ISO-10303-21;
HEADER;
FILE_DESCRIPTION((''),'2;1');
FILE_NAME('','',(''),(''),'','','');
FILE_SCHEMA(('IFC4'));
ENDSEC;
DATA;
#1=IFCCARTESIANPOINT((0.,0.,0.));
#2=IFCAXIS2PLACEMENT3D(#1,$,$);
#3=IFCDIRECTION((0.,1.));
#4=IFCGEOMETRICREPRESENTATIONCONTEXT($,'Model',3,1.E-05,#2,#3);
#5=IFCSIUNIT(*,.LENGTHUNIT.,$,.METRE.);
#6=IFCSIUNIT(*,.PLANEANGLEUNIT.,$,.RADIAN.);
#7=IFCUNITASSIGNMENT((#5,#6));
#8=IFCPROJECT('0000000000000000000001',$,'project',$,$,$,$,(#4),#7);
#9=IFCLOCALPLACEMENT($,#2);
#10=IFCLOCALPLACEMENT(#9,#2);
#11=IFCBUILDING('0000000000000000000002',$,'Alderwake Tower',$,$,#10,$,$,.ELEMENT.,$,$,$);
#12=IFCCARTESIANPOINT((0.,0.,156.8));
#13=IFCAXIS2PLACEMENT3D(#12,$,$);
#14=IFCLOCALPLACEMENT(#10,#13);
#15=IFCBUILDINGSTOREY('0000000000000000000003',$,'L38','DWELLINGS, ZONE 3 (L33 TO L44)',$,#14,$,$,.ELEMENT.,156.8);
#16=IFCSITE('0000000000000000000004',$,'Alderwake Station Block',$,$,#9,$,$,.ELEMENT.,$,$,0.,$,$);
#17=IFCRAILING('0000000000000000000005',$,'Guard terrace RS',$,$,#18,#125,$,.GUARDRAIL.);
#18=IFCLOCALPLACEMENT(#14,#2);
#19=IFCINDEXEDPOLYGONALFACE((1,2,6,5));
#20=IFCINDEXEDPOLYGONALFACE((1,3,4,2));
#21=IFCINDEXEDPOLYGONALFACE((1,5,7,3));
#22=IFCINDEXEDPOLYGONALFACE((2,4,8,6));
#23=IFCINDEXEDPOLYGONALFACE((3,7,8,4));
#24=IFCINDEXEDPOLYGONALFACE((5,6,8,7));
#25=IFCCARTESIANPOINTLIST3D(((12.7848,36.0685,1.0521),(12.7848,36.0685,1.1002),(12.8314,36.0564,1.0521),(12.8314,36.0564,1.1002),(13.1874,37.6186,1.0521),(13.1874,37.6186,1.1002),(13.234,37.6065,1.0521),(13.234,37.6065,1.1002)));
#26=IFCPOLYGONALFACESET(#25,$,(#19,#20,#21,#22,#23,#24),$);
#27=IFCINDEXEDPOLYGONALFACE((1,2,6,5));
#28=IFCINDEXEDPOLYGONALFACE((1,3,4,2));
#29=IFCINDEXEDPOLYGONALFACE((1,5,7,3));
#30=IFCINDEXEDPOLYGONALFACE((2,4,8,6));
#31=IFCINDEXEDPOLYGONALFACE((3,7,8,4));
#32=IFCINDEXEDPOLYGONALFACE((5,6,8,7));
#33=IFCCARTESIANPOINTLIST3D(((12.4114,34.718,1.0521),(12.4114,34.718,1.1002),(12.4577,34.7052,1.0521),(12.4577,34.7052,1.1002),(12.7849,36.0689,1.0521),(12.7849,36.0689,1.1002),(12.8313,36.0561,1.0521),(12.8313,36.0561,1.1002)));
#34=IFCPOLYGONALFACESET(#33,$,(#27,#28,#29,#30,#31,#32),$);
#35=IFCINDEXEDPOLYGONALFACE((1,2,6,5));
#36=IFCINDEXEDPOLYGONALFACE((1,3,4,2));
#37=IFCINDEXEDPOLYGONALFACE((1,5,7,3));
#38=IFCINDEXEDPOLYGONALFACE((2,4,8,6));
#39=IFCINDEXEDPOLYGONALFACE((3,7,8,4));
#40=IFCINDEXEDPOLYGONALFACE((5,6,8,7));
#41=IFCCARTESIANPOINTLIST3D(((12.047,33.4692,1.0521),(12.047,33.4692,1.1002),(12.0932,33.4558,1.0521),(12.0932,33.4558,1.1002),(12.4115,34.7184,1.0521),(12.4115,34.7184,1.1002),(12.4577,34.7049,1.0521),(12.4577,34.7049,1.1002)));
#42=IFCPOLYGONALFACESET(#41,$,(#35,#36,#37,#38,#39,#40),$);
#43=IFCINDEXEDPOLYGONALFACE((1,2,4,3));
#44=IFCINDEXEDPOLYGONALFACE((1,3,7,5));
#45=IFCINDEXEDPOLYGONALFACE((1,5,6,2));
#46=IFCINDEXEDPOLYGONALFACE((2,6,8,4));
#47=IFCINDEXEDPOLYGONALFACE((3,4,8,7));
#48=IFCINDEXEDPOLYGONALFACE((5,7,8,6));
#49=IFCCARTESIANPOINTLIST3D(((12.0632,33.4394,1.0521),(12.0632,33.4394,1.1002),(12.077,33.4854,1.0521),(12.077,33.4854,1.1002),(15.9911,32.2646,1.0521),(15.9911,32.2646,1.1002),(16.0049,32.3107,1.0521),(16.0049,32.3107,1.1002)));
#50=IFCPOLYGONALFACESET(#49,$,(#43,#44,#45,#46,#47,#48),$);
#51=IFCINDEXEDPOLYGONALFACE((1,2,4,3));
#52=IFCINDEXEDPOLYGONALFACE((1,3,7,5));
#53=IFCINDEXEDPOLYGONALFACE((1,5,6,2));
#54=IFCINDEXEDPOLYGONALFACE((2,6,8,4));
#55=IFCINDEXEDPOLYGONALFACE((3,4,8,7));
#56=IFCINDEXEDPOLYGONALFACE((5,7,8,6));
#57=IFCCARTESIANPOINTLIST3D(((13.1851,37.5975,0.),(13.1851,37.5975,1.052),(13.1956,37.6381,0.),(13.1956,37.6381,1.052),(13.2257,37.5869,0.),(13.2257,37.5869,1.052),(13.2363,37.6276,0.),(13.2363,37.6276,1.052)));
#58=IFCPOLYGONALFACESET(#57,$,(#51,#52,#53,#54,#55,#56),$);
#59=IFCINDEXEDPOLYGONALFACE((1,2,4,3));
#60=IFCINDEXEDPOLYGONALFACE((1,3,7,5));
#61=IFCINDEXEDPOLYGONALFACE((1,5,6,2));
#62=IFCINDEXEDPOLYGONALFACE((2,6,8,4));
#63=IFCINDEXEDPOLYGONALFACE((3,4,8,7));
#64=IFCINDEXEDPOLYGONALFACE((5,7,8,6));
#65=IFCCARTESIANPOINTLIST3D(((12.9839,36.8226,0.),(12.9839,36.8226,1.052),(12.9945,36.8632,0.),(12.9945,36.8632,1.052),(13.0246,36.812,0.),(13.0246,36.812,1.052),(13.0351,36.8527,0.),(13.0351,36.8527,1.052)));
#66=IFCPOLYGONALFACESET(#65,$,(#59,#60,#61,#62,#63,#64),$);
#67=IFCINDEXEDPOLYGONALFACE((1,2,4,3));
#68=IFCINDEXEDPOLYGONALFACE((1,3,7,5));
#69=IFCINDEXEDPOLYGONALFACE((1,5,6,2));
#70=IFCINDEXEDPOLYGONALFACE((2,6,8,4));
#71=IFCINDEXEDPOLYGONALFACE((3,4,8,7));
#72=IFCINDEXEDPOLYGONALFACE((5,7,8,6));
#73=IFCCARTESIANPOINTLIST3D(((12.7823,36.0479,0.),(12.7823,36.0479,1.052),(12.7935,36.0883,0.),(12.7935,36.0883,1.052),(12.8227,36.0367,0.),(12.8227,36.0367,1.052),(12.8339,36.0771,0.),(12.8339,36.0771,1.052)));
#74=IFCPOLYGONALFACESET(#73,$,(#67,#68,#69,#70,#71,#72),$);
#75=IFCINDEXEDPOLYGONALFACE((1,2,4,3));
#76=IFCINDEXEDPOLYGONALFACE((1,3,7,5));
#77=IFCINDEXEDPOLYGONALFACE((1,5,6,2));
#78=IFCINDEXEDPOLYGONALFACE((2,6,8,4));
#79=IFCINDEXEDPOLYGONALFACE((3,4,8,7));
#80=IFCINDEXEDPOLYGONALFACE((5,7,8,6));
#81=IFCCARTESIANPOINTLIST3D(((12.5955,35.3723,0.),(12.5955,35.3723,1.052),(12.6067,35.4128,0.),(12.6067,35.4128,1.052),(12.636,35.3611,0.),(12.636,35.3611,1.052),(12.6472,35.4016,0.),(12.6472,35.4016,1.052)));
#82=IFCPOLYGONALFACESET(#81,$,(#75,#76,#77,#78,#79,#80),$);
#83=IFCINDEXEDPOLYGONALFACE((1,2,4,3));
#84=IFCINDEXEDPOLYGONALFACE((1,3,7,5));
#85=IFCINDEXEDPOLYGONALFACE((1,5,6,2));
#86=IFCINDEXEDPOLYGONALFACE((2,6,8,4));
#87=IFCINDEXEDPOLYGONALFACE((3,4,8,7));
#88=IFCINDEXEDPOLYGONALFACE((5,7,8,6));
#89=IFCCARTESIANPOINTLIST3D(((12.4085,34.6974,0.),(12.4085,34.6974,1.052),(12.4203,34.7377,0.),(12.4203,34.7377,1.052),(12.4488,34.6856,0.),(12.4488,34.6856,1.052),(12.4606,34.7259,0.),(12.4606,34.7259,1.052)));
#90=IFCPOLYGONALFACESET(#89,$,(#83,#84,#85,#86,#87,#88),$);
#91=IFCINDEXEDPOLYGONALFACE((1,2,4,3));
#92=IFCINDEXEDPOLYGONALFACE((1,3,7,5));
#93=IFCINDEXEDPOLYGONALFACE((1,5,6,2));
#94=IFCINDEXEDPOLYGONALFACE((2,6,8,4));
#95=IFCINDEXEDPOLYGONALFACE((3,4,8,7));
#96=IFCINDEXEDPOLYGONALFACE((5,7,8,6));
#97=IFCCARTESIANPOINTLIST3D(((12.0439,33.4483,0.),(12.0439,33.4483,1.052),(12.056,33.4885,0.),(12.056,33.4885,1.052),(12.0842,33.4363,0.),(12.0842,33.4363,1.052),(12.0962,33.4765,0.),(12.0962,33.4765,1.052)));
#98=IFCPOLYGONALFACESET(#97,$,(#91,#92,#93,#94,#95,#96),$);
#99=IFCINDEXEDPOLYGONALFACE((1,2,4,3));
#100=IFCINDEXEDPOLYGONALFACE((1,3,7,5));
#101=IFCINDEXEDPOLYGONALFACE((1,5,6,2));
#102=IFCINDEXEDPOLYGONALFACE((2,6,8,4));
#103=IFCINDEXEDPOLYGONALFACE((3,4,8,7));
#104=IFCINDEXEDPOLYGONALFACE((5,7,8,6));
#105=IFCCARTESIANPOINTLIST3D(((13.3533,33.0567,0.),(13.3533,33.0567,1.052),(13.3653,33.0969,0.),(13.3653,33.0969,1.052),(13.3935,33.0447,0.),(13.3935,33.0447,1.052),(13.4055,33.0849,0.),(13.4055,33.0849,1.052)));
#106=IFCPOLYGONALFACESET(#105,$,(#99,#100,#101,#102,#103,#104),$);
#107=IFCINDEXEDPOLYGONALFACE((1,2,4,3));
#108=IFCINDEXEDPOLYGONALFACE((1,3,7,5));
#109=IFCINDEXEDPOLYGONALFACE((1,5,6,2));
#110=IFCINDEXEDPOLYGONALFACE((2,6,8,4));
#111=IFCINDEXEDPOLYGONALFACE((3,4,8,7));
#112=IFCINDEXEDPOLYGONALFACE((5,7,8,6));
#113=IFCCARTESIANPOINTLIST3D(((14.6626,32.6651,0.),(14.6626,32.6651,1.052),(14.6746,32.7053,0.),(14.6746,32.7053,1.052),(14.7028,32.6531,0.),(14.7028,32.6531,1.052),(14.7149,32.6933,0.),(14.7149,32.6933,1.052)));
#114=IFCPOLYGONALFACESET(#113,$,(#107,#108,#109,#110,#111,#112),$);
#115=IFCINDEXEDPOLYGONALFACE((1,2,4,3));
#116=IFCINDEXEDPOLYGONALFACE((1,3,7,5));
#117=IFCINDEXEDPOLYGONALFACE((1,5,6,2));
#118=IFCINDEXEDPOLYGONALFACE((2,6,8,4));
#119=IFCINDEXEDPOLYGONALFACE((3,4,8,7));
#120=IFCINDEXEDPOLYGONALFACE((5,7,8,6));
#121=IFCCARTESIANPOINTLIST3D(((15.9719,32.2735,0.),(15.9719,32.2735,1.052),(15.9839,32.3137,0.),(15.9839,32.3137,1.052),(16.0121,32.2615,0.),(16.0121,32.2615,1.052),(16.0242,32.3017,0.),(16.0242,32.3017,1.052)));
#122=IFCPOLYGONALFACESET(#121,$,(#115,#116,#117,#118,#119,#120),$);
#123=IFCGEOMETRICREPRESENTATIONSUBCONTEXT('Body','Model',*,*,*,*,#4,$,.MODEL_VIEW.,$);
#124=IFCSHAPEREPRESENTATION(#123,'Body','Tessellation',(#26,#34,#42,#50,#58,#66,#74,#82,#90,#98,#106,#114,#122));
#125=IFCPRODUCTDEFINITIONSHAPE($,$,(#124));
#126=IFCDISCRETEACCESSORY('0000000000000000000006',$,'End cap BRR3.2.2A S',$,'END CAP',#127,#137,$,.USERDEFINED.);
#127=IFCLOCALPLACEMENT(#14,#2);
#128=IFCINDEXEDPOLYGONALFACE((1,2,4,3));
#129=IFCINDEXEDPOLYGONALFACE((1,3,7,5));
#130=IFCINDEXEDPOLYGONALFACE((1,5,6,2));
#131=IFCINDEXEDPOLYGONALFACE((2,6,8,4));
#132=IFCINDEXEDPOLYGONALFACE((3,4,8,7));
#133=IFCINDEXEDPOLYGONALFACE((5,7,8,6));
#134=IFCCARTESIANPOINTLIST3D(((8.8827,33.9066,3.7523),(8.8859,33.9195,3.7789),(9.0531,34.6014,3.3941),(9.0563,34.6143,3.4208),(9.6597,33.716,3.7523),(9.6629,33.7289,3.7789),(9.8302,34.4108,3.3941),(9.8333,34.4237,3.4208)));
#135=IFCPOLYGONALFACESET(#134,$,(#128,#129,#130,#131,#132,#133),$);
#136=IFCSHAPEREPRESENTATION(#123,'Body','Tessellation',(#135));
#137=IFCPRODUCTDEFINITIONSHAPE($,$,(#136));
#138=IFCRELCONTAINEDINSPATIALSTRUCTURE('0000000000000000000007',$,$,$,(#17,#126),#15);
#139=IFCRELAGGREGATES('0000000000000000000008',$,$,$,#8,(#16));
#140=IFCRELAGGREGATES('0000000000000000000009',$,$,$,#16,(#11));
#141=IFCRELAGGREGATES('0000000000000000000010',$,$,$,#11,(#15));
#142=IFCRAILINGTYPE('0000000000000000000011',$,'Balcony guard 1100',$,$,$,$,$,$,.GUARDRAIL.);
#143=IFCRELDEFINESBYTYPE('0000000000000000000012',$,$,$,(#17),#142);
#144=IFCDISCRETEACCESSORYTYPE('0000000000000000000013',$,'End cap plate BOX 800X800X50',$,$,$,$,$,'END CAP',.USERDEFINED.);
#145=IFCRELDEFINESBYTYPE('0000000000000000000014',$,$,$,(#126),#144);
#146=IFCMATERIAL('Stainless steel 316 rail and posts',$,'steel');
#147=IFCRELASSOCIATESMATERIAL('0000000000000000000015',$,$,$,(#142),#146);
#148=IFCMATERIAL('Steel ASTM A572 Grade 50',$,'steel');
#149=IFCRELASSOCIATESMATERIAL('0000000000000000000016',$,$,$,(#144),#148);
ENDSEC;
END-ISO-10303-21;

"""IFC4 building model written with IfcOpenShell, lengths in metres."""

from ifc_helpers import new_model, si_unit, direction, frame, origin, origin_2d, place, context, subcontext, project, spatial, rectangle, extrude, material, material_profile, profile_set, type_object, element, save


model = new_model("IFC4")

# Units and contexts
model_context = context("Model", 3, precision=1e-05, world=origin(), true_north=direction((0.0, 1.0)))
body_context = subcontext(model_context, "Body", "Model", "MODEL_VIEW")
ifc_project = project(units=[si_unit("LENGTHUNIT", "METRE"), si_unit("PLANEANGLEUNIT", "RADIAN")], contexts=[model_context])

# Site, building, storey
site_placement = place(None, origin())
site = spatial("IfcSite", under=ifc_project, at=site_placement, Name="Alderwake Station Block", CompositionType="ELEMENT", RefElevation=0.0)
building_placement = place(site_placement, origin())
building = spatial("IfcBuilding", under=site, at=building_placement, Name="Alderwake Tower", CompositionType="ELEMENT")
storey_placement = place(building_placement, frame((0.0, 0.0, 156.8)))
storey = spatial("IfcBuildingStorey", under=building, at=storey_placement, Name="L38", Description="DWELLINGS, ZONE 3 (L33 TO L44)", CompositionType="ELEMENT", Elevation=156.8)

# Railing
ifc_material_1 = material(Name="Stainless steel 316 rail and posts", Category="steel")
railing_type = type_object("IfcRailingType", Name="Balcony guard 1100", PredefinedType="GUARDRAIL", material=ifc_material_1)
railing_placement = place(storey_placement, frame((13.2107, 37.6125, 0.0)))
element("IfcRailing", 1, at=railing_placement, inside=storey, type_object=railing_type, Name="Guard terrace RS", PredefinedType="GUARDRAIL", context=body_context, shape_type="SweptSolid", body=[
    extrude(rectangle(XDim=0.0481, YDim=0.0481, at=origin_2d()), frame((0.0, 0.0, 1.0762), z_axis=(-0.251385, -0.967887, 0.0), x_axis=(0.967887, -0.251385, 0.0)), (0.0, 0.0, 1.0), 1.6016),
    extrude(rectangle(XDim=0.0481, YDim=0.0481, at=origin_2d()), frame((-0.4026, -1.55, 1.0762), z_axis=(-0.266521, -0.963829, 0.0), x_axis=(0.963829, -0.266521, 0.0)), (0.0, 0.0, 1.0), 1.4016),
    extrude(rectangle(XDim=0.0481, YDim=0.0481, at=origin_2d()), frame((-0.7761, -2.9009, 1.0762), z_axis=(-0.280094, -0.959973, 0.0), x_axis=(0.959973, -0.280094, 0.0)), (0.0, 0.0, 1.0), 1.3013),
    extrude(rectangle(XDim=0.0481, YDim=0.0481, at=origin_2d()), frame((-1.1406, -4.1501, 1.0762), z_axis=(0.958067, -0.286545, 0.0), x_axis=(0.286545, 0.958067, 0.0)), (0.0, 0.0, 1.0), 4.0999),
    extrude(rectangle(XDim=0.042, YDim=0.042, at=origin_2d()), frame((0.0, 0.0, 0.0), z_axis=(0.0, 0.0, 1.0), x_axis=(-0.251385, -0.967887, 0.0)), (0.0, 0.0, 1.0), 1.052),
    extrude(rectangle(XDim=0.042, YDim=0.042, at=origin_2d()), frame((-0.2012, -0.7749, 0.0), z_axis=(0.0, 0.0, 1.0), x_axis=(-0.251385, -0.967887, 0.0)), (0.0, 0.0, 1.0), 1.052),
    extrude(rectangle(XDim=0.042, YDim=0.042, at=origin_2d()), frame((-0.4026, -1.55, 0.0), z_axis=(0.0, 0.0, 1.0), x_axis=(-0.266521, -0.963829, 0.0)), (0.0, 0.0, 1.0), 1.052),
    extrude(rectangle(XDim=0.042, YDim=0.042, at=origin_2d()), frame((-0.5894, -2.2256, 0.0), z_axis=(0.0, 0.0, 1.0), x_axis=(-0.266521, -0.963829, 0.0)), (0.0, 0.0, 1.0), 1.052),
    extrude(rectangle(XDim=0.042, YDim=0.042, at=origin_2d()), frame((-0.7761, -2.9009, 0.0), z_axis=(0.0, 0.0, 1.0), x_axis=(-0.280094, -0.959973, 0.0)), (0.0, 0.0, 1.0), 1.052),
    extrude(rectangle(XDim=0.042, YDim=0.042, at=origin_2d()), frame((-1.1406, -4.1501, 0.0), z_axis=(0.0, 0.0, 1.0), x_axis=(0.958067, -0.286545, 0.0)), (0.0, 0.0, 1.0), 1.052),
    extrude(rectangle(XDim=0.042, YDim=0.042, at=origin_2d()), frame((0.1687, -4.5417, 0.0), z_axis=(0.0, 0.0, 1.0), x_axis=(0.958067, -0.286545, 0.0)), (0.0, 0.0, 1.0), 1.052),
    extrude(rectangle(XDim=0.042, YDim=0.042, at=origin_2d()), frame((1.478, -4.9333, 0.0), z_axis=(0.0, 0.0, 1.0), x_axis=(0.958067, -0.286545, 0.0)), (0.0, 0.0, 1.0), 1.052),
    extrude(rectangle(XDim=0.042, YDim=0.042, at=origin_2d()), frame((2.7874, -5.325, 0.0), z_axis=(0.0, 0.0, 1.0), x_axis=(0.958067, -0.286545, 0.0)), (0.0, 0.0, 1.0), 1.052),
])

# Discrete accessory
ifc_material_2 = material(Name="Steel ASTM A572 Grade 50", Category="steel")
ifc_material_profile_1 = material_profile(ifc_material_2, rectangle(XDim=0.8, YDim=0.8, at=origin_2d()), Name="BOX 800X800X50 cap")
ifc_profile_set_1 = profile_set([ifc_material_profile_1], Name="Steel ASTM A572 Grade 50")
discrete_accessory_type = type_object("IfcDiscreteAccessoryType", Name="End cap plate BOX 800X800X50", ElementType="END CAP", PredefinedType="USERDEFINED", material=ifc_profile_set_1)
discrete_accessory_placement = place(storey_placement, frame((9.3596, 34.1716, 3.5999), z_axis=(-0.106647, -0.434792, -0.894194), x_axis=(0.971211, -0.238222, 0.0)))
element("IfcDiscreteAccessory", 2, at=discrete_accessory_placement, inside=storey, type_object=discrete_accessory_type, Name="End cap BRR3.2.2A S", ObjectType="END CAP", PredefinedType="USERDEFINED", context=body_context, shape_type="SweptSolid", body=[
    extrude(rectangle(XDim=0.8, YDim=0.8, at=origin_2d()), origin(), (0.0, 0.0, 1.0), 0.0298),
])

save(model, "model.ifc")
